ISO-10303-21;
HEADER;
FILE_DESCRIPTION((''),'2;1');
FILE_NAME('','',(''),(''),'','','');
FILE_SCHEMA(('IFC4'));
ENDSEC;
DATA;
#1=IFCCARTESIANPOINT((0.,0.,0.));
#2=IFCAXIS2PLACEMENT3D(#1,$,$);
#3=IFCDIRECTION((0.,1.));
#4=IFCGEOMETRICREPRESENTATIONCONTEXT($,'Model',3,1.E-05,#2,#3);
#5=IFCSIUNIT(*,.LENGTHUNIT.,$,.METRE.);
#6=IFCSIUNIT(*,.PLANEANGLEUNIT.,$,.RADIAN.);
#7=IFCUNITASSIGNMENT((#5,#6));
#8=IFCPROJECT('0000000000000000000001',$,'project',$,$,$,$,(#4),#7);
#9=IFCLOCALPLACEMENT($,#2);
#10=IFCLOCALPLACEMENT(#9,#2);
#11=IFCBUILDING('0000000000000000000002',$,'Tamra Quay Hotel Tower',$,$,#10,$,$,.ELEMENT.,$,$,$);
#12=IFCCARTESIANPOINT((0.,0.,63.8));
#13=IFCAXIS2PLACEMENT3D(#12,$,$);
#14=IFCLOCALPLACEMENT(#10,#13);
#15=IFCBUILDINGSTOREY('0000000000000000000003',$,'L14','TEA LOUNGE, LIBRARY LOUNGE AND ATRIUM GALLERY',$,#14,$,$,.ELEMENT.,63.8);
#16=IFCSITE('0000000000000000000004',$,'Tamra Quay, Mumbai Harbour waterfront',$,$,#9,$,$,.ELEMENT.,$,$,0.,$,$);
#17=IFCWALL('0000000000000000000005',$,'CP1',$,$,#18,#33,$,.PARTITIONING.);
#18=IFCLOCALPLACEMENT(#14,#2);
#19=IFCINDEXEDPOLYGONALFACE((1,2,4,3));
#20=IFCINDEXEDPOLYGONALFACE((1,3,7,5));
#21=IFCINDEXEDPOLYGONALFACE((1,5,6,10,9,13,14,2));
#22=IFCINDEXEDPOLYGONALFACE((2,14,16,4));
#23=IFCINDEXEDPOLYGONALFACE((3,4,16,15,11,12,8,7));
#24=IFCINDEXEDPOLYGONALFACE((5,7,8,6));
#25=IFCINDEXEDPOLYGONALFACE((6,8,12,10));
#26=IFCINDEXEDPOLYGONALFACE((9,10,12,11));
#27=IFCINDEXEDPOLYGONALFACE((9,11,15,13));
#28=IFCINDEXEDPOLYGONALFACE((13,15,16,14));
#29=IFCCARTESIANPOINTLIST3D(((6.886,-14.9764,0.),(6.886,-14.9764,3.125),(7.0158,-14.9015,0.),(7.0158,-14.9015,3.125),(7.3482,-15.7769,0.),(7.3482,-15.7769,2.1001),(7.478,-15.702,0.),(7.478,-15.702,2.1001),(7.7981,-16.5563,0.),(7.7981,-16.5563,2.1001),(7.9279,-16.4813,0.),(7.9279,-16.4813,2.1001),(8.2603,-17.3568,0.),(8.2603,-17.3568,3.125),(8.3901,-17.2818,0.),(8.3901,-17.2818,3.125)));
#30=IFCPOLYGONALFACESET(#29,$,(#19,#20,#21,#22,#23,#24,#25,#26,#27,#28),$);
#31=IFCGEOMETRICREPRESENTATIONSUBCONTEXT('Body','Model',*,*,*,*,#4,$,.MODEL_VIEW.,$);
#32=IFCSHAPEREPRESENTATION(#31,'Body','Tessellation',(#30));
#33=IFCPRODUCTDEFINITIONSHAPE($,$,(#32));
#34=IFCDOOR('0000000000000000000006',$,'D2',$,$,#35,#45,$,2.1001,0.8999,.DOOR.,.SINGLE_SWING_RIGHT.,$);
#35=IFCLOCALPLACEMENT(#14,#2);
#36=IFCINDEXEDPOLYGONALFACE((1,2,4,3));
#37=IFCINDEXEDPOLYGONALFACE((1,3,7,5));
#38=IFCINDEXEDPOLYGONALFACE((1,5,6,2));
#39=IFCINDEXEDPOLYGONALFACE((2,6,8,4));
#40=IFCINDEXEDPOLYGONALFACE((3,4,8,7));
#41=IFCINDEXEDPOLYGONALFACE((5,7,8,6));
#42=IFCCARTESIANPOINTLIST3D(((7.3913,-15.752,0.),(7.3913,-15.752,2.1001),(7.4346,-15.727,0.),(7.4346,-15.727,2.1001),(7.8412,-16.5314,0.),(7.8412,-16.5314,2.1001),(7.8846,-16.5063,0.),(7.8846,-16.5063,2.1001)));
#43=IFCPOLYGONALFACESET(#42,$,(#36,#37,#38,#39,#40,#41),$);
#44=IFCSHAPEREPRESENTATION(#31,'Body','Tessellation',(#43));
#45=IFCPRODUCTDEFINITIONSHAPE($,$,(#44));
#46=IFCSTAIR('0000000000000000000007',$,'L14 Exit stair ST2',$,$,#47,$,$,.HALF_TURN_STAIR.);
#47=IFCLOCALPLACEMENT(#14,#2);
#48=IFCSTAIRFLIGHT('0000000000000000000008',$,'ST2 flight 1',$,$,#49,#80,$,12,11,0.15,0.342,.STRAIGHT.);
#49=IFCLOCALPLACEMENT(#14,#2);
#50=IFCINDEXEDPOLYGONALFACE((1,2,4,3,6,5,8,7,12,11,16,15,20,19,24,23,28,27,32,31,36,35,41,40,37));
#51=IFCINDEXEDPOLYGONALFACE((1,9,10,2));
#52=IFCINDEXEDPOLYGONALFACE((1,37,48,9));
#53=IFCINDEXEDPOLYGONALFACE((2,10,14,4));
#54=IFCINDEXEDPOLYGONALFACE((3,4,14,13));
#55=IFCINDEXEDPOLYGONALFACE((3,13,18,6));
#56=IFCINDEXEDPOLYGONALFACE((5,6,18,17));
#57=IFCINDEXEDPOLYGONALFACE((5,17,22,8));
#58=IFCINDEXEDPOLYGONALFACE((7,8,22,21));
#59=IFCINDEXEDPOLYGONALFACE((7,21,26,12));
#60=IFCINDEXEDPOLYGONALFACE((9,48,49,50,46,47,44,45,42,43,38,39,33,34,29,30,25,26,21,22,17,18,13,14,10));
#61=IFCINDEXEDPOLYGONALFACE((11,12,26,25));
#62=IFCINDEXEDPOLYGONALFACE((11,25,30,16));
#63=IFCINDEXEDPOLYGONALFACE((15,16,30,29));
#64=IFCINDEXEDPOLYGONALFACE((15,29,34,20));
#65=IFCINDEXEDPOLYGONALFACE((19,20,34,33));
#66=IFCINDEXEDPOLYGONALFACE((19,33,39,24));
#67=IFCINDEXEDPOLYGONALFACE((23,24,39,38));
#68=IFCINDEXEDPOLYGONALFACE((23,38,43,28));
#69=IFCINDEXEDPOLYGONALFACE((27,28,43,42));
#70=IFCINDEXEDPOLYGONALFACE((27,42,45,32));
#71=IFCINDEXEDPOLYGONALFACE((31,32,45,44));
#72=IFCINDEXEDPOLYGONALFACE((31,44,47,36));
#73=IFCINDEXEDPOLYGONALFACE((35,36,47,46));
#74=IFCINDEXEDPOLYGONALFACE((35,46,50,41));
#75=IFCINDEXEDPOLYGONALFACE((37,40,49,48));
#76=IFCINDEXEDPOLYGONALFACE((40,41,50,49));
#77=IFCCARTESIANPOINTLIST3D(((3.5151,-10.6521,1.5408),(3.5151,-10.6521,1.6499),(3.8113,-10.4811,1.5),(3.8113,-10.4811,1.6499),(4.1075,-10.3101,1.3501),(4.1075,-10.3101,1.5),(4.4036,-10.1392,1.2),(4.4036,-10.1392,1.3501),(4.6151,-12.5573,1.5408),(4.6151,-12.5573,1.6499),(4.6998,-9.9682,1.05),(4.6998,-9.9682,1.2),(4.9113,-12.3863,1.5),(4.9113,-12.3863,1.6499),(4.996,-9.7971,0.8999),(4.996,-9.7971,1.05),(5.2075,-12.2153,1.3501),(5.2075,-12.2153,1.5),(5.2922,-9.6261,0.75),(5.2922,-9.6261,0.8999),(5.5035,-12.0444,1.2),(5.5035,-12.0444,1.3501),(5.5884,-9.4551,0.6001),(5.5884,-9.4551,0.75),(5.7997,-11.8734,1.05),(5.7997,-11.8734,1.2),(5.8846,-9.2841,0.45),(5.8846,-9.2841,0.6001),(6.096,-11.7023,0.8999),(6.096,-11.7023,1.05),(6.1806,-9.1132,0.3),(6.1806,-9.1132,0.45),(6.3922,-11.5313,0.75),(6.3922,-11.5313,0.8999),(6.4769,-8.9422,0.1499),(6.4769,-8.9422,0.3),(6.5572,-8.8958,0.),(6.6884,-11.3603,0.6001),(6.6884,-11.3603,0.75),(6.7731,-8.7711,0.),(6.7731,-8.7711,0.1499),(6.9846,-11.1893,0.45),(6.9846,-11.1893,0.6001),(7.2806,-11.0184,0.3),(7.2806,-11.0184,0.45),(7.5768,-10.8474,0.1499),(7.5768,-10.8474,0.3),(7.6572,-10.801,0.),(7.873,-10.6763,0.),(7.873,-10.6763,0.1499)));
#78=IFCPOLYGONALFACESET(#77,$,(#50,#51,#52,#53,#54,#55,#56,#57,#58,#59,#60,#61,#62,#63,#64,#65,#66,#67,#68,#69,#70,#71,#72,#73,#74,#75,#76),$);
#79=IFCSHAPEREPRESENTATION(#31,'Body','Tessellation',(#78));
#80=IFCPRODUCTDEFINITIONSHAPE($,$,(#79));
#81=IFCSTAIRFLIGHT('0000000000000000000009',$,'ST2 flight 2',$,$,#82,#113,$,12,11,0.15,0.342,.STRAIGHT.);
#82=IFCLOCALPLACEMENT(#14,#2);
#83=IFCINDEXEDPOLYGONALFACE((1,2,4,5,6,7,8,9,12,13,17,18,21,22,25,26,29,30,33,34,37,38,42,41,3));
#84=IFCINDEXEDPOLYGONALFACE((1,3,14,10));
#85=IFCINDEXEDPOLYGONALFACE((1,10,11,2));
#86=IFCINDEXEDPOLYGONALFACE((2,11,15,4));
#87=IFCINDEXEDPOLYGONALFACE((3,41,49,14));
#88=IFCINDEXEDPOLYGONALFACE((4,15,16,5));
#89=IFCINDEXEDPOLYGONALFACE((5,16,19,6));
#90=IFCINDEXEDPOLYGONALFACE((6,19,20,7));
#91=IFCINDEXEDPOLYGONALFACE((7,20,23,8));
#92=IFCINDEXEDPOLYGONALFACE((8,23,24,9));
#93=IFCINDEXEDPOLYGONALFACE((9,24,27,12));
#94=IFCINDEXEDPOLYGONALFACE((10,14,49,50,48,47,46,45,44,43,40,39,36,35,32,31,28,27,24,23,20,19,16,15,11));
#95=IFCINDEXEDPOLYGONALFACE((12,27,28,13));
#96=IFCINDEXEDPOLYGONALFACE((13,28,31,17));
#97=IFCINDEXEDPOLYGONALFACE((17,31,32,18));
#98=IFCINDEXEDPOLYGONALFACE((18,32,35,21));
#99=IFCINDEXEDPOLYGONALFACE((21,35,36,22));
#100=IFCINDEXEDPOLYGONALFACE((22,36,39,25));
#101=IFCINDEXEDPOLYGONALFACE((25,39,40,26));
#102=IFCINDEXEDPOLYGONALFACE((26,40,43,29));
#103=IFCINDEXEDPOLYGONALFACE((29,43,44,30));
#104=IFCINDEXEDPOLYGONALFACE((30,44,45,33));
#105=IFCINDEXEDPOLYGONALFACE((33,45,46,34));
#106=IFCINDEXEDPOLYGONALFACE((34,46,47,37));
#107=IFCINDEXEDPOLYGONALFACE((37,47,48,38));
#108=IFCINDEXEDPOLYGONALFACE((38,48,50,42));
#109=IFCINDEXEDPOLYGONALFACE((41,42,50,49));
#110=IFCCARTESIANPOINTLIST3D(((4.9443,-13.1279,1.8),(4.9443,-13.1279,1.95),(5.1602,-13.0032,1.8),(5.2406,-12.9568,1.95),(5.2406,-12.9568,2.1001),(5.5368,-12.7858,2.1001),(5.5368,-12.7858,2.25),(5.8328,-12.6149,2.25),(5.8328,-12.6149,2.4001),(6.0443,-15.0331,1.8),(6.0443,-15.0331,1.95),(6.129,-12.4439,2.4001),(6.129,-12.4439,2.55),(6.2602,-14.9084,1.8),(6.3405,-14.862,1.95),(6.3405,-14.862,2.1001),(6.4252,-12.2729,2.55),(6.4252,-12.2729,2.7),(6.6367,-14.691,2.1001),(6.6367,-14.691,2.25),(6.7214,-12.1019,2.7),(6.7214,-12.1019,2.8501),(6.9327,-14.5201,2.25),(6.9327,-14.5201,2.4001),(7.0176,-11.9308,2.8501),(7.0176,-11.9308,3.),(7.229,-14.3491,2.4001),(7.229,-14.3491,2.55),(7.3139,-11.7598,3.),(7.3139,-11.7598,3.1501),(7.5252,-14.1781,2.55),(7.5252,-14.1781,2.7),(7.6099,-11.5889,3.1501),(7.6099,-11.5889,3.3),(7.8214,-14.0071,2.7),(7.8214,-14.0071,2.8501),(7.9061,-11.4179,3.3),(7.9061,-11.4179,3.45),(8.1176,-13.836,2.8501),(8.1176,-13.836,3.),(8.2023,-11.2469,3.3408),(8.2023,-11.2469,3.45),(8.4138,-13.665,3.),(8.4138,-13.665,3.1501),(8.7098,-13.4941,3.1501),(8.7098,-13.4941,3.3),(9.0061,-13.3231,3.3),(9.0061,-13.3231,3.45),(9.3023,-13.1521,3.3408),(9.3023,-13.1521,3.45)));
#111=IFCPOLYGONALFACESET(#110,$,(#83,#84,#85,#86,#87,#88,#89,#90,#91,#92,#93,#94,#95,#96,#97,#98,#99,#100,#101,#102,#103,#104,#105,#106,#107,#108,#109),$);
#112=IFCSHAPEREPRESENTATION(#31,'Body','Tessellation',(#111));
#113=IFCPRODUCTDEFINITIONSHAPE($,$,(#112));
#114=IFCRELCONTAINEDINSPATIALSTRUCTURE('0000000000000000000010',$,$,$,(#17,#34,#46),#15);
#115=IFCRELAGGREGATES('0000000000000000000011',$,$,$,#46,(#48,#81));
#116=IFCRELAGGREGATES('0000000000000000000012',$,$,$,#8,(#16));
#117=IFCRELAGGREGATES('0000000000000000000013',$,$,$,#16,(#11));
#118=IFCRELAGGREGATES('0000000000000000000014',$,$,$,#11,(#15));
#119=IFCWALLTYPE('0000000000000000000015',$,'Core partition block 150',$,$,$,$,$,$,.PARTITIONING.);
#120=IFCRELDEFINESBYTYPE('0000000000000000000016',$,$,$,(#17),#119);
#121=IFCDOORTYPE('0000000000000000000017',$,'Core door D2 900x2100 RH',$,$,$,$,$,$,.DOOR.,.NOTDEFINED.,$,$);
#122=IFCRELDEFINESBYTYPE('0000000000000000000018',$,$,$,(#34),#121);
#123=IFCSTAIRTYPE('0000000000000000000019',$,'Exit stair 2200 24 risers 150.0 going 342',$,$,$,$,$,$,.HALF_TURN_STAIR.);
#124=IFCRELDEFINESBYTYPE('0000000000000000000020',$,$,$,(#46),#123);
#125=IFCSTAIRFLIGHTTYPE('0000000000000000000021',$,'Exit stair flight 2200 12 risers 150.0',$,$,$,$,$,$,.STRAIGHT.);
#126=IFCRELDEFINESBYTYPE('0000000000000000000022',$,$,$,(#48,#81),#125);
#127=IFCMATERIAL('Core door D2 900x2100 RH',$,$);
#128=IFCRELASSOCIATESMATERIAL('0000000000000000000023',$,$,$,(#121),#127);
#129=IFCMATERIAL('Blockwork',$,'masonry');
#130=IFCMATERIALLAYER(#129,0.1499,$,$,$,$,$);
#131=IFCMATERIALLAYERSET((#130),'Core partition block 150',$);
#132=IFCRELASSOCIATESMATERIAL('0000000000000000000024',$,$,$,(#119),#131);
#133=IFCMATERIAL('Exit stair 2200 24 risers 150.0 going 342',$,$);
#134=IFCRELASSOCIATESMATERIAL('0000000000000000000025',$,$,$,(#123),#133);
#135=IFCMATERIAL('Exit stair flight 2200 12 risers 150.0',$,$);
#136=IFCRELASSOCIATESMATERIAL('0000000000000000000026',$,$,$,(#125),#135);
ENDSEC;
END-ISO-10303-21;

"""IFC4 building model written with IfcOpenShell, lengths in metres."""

from ifc_helpers import new_model, si_unit, direction, frame, frame_2d, origin, place, context, subcontext, project, spatial, polyline, rectangle, outline, extrude, material, layer, layer_set, type_object, element, fill, aggregate, save


model = new_model("IFC4")

# Units and contexts
model_context = context("Model", 3, precision=1e-05, world=origin(), true_north=direction((0.0, 1.0)))
body_context = subcontext(model_context, "Body", "Model", "MODEL_VIEW")
ifc_project = project(units=[si_unit("LENGTHUNIT", "METRE"), si_unit("PLANEANGLEUNIT", "RADIAN")], contexts=[model_context])

# Site, building, storey
site_placement = place(None, origin())
site = spatial("IfcSite", under=ifc_project, at=site_placement, Name="Tamra Quay, Mumbai Harbour waterfront", CompositionType="ELEMENT", RefElevation=0.0)
building_placement = place(site_placement, origin())
building = spatial("IfcBuilding", under=site, at=building_placement, Name="Tamra Quay Hotel Tower", CompositionType="ELEMENT")
storey_placement = place(building_placement, frame((0.0, 0.0, 63.8)))
storey = spatial("IfcBuildingStorey", under=building, at=storey_placement, Name="L14", Description="TEA LOUNGE, LIBRARY LOUNGE AND ATRIUM GALLERY", CompositionType="ELEMENT", Elevation=63.8)

# Shared definitions
ifc_material_1 = material(Name="Core door D2 900x2100 RH")
door_type_1 = type_object("IfcDoorType", Name="Core door D2 900x2100 RH", OperationType="NOTDEFINED", PredefinedType="DOOR", material=ifc_material_1)

# Shared definitions
ifc_material_2 = material(Name="Blockwork", Category="masonry")
ifc_layer_1 = layer(ifc_material_2, 0.1499)
ifc_layer_set_1 = layer_set([ifc_layer_1], Name="Core partition block 150")
wall_type_1 = type_object("IfcWallType", Name="Core partition block 150", PredefinedType="PARTITIONING", material=ifc_layer_set_1)

# Wall, opening, door
wall_1_placement = place(storey_placement, frame((6.9509, -14.939, 0.0), z_axis=(0.0, 0.0, 1.0), x_axis=(0.499989, -0.866032, 0.0)))
wall_1 = element("IfcWall", 1, at=wall_1_placement, inside=storey, type_object=wall_type_1, Name="CP1", PredefinedType="PARTITIONING", context=body_context, shape_type="SweptSolid", body=[
    extrude(rectangle(XDim=2.7485, YDim=0.1499, at=frame_2d((1.3743, 0.0))), origin(), (0.0, 0.0, 1.0), 3.125),
])
opening_1_placement = place(wall_1_placement, frame((0.9243, 0.0, 0.0)))
opening_1 = element("IfcOpeningElement", 2, at=opening_1_placement, cuts=wall_1, PredefinedType="OPENING", context=body_context, shape_type="SweptSolid", body=[
    extrude(rectangle(XDim=0.8999, YDim=2.1001, at=frame_2d((0.45, 1.05))), frame((0.0, 0.085, 0.0), z_axis=(0.0, -1.0, 0.0), x_axis=(1.0, 0.0, 0.0)), (0.0, 0.0, 1.0), 0.1699),
])
door_1_placement = place(opening_1_placement, origin())
door_1 = element("IfcDoor", 3, at=door_1_placement, inside=storey, type_object=door_type_1, Name="D2", OperationType="SINGLE_SWING_RIGHT", OverallHeight=2.1001, OverallWidth=0.8999, PredefinedType="DOOR", context=body_context, shape_type="SweptSolid", body=[
    extrude(rectangle(XDim=0.8999, YDim=2.1001, at=frame_2d((0.45, 1.05))), frame((0.0, 0.0249, 0.0), z_axis=(0.0, -1.0, 0.0), x_axis=(1.0, 0.0, 0.0)), (0.0, 0.0, 1.0), 0.05),
])
fill(opening_1, door_1)

# Stair, stair flights
ifc_material_3 = material(Name="Exit stair 2200 24 risers 150.0 going 342")
stair_type = type_object("IfcStairType", Name="Exit stair 2200 24 risers 150.0 going 342", PredefinedType="HALF_TURN_STAIR", material=ifc_material_3)
stair_placement = place(storey_placement, origin())
stair = element("IfcStair", 4, at=stair_placement, inside=storey, type_object=stair_type, Name="L14 Exit stair ST2", PredefinedType="HALF_TURN_STAIR")
ifc_material_4 = material(Name="Exit stair flight 2200 12 risers 150.0")
stair_flight_type = type_object("IfcStairFlightType", Name="Exit stair flight 2200 12 risers 150.0", PredefinedType="STRAIGHT", material=ifc_material_4)
stair_flight_1_placement = place(storey_placement, frame((7.323, -9.7236, 0.0), z_axis=(0.0, 0.0, 1.0), x_axis=(-0.866025, -0.5, 0.0)))
stair_flight_1 = element("IfcStairFlight", 5, at=stair_flight_1_placement, type_object=stair_flight_type, Name="ST2 flight 1", NumberOfRisers=12, NumberOfTreads=11, PredefinedType="STRAIGHT", RiserHeight=0.15, TreadLength=0.342, context=body_context, shape_type="SweptSolid", body=[
    extrude(outline(polyline([(0.0, 0.0), (0.0, 0.1499), (0.342, 0.1499), (0.342, 0.3), (0.6841, 0.3), (0.6841, 0.45), (1.0259, 0.45), (1.0259, 0.6001), (1.3679, 0.6001), (1.3679, 0.75), (1.71, 0.75), (1.71, 0.8999), (2.052, 0.8999), (2.052, 1.05), (2.394, 1.05), (2.394, 1.2), (2.7361, 1.2), (2.7361, 1.3501), (3.0779, 1.3501), (3.0779, 1.5), (3.4199, 1.5), (3.4199, 1.6499), (3.762, 1.6499), (3.762, 1.8), (3.762, 1.5408), (0.2493, 0.0), (0.0, 0.0)])), frame((0.0, 1.1001, 0.0), z_axis=(0.0, -1.0, 0.0), x_axis=(1.0, 0.0, 0.0)), (0.0, 0.0, 1.0), 2.2),
])
stair_flight_2_placement = place(storey_placement, frame((5.4944, -14.0806, 1.8), z_axis=(0.0, 0.0, 1.0), x_axis=(0.866025, 0.5, 0.0)))
stair_flight_2 = element("IfcStairFlight", 6, at=stair_flight_2_placement, type_object=stair_flight_type, Name="ST2 flight 2", NumberOfRisers=12, NumberOfTreads=11, PredefinedType="STRAIGHT", RiserHeight=0.15, TreadLength=0.342, context=body_context, shape_type="SweptSolid", body=[
    extrude(outline(polyline([(0.0, 0.0), (0.0, 0.1499), (0.342, 0.1499), (0.342, 0.3), (0.6841, 0.3), (0.6841, 0.45), (1.0259, 0.45), (1.0259, 0.6001), (1.3679, 0.6001), (1.3679, 0.75), (1.71, 0.75), (1.71, 0.8999), (2.052, 0.8999), (2.052, 1.05), (2.394, 1.05), (2.394, 1.2), (2.7361, 1.2), (2.7361, 1.3501), (3.0779, 1.3501), (3.0779, 1.5), (3.4199, 1.5), (3.4199, 1.6499), (3.762, 1.6499), (3.762, 1.8), (3.762, 1.5408), (0.2493, 0.0), (0.0, 0.0)])), frame((0.0, 1.1001, 0.0), z_axis=(0.0, -1.0, 0.0), x_axis=(1.0, 0.0, 0.0)), (0.0, 0.0, 1.0), 2.2),
])
aggregate(stair, [stair_flight_1, stair_flight_2])

save(model, "model.ifc")
